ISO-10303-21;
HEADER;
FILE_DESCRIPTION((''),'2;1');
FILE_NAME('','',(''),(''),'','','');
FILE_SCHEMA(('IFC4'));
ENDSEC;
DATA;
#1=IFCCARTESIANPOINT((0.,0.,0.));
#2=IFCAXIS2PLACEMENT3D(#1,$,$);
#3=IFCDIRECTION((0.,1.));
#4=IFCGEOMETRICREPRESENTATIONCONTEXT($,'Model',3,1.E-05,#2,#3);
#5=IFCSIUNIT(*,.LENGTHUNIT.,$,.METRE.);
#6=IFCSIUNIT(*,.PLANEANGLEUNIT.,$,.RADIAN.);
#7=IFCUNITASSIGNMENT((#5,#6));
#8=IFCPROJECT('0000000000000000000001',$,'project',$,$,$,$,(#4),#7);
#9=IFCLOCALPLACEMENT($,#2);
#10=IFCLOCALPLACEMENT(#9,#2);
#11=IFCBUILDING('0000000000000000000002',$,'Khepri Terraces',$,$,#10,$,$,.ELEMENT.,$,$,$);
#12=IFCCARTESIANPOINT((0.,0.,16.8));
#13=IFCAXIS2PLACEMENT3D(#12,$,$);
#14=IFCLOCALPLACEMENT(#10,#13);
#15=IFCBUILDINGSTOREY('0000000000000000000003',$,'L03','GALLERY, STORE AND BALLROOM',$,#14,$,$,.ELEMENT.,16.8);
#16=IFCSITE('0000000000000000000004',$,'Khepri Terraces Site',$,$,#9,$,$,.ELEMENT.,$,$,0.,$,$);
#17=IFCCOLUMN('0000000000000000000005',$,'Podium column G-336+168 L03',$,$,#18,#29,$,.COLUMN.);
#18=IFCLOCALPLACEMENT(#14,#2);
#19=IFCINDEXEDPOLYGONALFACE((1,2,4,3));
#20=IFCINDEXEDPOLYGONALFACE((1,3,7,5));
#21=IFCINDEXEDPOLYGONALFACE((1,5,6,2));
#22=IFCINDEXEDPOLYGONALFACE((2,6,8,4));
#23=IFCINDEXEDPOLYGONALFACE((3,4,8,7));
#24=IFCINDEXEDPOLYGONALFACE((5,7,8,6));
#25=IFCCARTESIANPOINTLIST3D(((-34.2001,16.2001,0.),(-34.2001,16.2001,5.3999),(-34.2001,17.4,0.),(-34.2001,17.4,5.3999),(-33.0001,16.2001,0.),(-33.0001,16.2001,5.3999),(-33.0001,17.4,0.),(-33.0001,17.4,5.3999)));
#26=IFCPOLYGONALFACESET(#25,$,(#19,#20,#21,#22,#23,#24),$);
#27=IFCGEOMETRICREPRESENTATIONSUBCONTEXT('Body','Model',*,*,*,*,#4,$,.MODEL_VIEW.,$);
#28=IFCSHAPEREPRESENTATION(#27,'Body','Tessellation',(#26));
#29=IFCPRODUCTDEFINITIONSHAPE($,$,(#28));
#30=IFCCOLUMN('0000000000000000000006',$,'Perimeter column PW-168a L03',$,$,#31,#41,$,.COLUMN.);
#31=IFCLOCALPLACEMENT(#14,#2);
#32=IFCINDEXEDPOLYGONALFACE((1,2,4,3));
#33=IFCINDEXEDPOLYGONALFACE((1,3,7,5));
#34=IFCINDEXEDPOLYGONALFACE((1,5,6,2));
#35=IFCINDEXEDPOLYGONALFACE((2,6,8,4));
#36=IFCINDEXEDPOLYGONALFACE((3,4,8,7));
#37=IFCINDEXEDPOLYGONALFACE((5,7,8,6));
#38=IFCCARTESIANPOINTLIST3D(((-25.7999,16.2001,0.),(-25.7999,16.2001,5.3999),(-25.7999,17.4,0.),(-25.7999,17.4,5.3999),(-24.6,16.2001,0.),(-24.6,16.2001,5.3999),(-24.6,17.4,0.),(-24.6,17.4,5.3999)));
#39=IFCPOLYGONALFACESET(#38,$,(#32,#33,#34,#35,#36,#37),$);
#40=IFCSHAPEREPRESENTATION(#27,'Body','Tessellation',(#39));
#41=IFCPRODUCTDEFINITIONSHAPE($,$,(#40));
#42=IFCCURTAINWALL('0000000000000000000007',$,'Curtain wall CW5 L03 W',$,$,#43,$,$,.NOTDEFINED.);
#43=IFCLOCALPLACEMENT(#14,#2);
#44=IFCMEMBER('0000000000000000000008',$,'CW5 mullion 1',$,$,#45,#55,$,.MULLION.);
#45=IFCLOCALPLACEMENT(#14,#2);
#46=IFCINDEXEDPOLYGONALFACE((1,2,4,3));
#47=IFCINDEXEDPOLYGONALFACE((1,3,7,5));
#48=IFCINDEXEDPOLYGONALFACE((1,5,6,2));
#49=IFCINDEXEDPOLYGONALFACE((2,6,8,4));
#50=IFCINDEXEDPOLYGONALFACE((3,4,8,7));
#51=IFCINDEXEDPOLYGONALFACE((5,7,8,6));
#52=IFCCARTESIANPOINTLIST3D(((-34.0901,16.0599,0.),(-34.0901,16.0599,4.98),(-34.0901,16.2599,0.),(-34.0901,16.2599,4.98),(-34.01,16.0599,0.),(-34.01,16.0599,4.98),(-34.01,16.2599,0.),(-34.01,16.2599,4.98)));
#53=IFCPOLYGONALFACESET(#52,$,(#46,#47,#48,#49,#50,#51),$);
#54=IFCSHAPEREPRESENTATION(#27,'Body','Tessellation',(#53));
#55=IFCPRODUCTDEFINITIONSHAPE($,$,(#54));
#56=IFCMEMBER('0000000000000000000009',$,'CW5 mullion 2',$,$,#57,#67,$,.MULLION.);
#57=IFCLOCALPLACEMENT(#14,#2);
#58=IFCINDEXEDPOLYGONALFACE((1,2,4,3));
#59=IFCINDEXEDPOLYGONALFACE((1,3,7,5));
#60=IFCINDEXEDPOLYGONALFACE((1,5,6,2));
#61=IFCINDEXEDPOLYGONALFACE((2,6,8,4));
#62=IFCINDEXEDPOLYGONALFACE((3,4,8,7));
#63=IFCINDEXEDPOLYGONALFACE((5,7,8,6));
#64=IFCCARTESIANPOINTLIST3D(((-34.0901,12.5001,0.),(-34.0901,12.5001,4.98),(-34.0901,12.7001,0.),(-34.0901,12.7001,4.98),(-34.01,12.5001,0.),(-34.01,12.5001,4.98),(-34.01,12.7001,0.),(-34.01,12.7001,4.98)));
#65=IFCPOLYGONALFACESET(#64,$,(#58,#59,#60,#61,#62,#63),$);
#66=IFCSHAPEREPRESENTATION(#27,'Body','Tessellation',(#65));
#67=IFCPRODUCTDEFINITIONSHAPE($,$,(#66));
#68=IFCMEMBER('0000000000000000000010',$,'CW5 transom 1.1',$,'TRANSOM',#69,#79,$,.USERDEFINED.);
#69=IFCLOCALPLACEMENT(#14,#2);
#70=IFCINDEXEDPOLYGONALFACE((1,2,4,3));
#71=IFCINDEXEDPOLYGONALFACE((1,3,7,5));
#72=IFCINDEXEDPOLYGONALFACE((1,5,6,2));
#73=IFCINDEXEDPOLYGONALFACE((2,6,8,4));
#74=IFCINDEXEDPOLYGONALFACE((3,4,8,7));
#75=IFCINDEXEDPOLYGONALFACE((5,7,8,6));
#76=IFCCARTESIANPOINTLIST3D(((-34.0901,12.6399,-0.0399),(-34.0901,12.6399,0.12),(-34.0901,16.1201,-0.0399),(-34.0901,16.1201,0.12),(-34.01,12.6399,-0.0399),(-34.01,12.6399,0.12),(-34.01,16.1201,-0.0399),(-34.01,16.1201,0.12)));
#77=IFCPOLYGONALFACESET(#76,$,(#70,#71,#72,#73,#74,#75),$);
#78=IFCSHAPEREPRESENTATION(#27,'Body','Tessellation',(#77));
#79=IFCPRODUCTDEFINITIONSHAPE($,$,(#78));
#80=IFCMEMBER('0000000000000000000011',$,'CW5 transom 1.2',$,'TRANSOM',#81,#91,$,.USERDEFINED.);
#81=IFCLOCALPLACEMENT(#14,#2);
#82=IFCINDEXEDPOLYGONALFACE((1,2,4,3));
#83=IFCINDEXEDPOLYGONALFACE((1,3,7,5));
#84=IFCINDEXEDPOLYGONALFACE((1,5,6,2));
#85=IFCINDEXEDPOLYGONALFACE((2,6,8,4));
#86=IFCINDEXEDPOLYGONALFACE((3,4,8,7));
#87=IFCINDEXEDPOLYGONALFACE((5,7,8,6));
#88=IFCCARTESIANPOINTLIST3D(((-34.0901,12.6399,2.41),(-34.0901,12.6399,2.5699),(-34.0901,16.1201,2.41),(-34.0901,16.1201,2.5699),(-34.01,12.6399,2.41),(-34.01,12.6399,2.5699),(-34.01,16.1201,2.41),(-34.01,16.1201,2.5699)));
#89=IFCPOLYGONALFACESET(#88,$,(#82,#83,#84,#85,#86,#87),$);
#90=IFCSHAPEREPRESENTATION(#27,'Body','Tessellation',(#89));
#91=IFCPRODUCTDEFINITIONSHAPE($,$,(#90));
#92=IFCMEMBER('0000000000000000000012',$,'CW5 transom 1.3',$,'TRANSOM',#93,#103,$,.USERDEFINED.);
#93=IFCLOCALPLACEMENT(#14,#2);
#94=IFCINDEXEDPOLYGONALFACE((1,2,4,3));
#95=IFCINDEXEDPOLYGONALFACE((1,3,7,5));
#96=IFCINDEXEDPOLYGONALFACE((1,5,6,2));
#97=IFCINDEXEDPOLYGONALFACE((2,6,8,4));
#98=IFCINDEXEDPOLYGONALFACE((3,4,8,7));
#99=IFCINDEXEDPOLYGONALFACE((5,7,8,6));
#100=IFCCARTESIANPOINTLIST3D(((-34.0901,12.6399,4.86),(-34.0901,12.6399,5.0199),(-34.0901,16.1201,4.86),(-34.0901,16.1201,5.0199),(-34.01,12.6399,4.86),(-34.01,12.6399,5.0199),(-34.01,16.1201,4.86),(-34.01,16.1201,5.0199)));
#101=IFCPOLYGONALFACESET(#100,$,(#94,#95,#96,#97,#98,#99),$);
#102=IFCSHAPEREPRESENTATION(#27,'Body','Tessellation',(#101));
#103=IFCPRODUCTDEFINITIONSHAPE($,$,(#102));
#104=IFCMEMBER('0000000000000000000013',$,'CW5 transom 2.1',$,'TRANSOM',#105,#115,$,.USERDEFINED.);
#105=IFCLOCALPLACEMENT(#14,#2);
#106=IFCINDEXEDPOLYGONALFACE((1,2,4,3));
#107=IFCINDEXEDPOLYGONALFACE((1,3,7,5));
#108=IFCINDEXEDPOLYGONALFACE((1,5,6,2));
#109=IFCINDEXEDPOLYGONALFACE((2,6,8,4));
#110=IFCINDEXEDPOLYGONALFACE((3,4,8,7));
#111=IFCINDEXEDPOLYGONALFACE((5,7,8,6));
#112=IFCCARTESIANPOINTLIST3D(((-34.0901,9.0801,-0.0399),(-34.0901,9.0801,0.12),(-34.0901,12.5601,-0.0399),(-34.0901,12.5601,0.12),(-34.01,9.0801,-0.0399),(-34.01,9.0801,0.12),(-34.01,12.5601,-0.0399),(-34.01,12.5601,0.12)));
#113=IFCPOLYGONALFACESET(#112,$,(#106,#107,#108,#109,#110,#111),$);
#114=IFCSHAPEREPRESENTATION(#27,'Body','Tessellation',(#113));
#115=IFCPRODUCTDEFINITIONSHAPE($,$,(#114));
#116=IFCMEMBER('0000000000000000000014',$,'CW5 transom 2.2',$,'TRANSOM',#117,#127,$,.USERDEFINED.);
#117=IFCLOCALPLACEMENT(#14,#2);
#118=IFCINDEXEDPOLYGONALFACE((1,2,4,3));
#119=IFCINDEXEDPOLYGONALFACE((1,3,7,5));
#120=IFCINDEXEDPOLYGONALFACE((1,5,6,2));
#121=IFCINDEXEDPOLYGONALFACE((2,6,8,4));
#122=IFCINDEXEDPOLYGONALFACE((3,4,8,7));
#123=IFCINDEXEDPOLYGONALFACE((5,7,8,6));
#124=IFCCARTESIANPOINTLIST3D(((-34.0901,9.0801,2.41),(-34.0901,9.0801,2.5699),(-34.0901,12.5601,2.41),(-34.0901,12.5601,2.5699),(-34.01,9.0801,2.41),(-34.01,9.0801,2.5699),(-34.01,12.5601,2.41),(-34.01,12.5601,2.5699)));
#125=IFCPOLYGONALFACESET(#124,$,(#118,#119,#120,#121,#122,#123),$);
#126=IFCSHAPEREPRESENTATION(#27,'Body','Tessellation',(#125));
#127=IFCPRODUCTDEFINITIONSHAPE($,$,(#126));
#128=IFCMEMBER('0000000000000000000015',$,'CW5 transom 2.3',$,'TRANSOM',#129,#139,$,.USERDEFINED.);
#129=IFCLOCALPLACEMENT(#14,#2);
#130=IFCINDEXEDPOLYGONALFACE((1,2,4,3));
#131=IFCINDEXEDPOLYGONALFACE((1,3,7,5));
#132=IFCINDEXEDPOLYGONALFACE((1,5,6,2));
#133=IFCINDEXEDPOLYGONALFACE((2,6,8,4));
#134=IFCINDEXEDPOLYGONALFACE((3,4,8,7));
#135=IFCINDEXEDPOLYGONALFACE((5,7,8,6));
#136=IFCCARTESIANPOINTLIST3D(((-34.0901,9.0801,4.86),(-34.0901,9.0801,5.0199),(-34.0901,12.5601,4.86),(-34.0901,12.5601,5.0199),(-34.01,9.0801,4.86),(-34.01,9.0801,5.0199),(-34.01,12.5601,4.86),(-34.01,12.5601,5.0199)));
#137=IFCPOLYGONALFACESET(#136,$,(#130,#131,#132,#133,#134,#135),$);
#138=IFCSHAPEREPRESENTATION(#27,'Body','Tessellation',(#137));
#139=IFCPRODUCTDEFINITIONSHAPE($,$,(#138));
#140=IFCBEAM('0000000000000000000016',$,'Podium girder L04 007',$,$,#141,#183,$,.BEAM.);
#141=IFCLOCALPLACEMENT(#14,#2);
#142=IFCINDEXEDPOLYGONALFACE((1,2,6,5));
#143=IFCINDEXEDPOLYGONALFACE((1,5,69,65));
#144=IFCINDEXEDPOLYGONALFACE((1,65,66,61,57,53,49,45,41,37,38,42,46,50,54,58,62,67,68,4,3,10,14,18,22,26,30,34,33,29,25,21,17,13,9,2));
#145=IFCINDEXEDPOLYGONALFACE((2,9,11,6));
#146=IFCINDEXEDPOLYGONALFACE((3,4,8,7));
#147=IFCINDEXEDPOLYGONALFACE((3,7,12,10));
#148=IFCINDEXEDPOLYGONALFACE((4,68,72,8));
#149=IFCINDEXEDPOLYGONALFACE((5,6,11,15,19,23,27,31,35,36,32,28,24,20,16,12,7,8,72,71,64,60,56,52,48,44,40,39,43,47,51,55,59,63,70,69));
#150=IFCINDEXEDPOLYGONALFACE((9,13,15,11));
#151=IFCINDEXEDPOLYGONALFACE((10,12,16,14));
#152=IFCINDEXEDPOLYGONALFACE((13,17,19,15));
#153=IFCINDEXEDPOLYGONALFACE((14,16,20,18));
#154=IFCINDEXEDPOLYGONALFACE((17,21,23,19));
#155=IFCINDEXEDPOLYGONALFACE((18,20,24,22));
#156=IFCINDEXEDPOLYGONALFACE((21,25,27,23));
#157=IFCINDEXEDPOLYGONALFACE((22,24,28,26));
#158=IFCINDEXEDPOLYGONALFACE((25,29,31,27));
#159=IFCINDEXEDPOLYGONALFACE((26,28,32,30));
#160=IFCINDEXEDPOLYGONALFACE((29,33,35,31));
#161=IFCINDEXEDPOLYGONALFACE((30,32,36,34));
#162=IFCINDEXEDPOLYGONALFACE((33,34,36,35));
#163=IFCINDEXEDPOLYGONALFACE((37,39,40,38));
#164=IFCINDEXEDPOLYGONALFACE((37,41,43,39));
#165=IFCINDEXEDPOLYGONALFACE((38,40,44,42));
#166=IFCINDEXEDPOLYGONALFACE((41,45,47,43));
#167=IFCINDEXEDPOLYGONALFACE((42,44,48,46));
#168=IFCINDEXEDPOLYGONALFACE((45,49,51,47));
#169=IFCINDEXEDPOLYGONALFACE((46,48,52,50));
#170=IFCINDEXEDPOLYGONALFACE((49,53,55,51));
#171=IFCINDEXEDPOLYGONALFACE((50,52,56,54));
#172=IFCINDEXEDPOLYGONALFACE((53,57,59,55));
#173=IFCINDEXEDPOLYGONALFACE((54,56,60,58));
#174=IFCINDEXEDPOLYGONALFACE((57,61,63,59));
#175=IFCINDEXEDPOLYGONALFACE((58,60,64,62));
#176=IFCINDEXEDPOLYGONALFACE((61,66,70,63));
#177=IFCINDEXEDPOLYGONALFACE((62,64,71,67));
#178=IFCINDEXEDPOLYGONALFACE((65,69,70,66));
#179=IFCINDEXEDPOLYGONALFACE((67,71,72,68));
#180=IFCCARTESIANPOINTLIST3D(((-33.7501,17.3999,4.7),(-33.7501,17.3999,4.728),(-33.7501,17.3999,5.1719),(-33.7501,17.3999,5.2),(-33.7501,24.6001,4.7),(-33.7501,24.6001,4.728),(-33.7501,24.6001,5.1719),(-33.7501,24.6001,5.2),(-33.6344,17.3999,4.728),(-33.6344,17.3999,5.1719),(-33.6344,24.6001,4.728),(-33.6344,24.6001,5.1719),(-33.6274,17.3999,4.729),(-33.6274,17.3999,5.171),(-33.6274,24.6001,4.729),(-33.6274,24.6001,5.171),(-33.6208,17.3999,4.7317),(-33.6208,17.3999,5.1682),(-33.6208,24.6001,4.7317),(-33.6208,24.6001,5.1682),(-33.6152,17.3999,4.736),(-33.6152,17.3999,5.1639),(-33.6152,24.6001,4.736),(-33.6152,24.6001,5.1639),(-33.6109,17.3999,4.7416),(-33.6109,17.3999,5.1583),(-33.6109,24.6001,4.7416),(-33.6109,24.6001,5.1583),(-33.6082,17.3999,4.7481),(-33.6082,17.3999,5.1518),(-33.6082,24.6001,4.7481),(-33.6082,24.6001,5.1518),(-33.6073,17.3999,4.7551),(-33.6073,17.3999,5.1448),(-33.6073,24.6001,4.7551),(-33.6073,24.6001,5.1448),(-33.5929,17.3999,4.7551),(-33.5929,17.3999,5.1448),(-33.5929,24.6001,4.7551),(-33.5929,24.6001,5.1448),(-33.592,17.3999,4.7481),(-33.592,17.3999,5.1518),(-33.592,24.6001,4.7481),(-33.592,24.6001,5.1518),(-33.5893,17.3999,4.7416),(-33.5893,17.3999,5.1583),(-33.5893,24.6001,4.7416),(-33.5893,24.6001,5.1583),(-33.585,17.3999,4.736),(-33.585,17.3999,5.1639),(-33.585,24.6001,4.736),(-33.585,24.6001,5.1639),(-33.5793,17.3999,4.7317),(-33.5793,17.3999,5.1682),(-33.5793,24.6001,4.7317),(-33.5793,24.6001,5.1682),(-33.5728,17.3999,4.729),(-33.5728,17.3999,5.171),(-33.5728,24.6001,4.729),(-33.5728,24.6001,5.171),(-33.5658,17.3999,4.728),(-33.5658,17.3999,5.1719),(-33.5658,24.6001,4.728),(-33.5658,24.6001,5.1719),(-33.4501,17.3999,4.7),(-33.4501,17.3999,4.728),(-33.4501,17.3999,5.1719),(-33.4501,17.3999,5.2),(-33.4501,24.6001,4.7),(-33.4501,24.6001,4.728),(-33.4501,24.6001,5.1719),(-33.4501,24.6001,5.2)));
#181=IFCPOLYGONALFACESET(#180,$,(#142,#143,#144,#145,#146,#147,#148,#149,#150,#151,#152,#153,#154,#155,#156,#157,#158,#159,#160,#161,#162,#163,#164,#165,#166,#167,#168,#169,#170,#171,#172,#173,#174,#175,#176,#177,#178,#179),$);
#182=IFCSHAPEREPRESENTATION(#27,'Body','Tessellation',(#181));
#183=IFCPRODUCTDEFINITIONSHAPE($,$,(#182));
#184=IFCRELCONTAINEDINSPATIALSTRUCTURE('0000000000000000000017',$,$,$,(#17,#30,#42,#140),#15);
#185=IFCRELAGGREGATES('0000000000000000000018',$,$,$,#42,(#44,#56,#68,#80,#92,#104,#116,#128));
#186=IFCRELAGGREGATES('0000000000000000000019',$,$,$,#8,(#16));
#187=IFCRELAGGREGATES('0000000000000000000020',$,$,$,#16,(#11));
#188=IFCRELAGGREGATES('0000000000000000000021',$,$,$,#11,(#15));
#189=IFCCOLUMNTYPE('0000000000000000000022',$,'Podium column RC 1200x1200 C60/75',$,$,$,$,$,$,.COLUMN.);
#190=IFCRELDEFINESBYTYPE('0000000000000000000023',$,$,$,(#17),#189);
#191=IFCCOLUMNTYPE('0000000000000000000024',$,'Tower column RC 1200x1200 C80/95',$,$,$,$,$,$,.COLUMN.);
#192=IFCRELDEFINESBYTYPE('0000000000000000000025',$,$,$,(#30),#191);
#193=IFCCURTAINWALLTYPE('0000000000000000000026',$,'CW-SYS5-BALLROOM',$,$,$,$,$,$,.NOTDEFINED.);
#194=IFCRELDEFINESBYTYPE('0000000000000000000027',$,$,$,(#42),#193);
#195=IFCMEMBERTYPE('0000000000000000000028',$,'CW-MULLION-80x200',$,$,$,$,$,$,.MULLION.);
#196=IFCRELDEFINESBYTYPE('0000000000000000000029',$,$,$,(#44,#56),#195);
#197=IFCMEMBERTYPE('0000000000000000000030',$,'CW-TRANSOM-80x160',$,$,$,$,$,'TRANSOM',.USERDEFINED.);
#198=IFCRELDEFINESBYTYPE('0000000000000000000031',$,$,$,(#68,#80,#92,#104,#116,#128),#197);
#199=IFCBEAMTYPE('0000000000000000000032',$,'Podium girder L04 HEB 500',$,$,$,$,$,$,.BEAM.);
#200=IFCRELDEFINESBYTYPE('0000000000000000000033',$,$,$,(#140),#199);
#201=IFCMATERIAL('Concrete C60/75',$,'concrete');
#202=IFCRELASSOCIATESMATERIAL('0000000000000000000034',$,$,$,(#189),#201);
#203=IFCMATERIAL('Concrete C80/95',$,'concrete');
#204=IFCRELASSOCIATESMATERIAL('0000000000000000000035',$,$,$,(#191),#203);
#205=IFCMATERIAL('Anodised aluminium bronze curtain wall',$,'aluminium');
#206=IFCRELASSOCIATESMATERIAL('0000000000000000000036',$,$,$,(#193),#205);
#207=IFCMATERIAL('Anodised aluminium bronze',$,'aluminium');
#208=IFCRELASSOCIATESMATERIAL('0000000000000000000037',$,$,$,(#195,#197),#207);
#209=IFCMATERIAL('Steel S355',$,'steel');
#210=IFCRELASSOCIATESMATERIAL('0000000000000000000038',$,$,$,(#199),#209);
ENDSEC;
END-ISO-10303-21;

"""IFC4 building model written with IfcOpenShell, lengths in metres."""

from ifc_helpers import new_model, si_unit, direction, frame, origin, origin_2d, place, context, subcontext, project, spatial, rectangle, i_section, extrude, material, material_profile, profile_set, type_object, element, aggregate, save


model = new_model("IFC4")

# Units and contexts
model_context = context("Model", 3, precision=1e-05, world=origin(), true_north=direction((0.0, 1.0)))
body_context = subcontext(model_context, "Body", "Model", "MODEL_VIEW")
ifc_project = project(units=[si_unit("LENGTHUNIT", "METRE"), si_unit("PLANEANGLEUNIT", "RADIAN")], contexts=[model_context])

# Site, building, storey
site_placement = place(None, origin())
site = spatial("IfcSite", under=ifc_project, at=site_placement, Name="Khepri Terraces Site", CompositionType="ELEMENT", RefElevation=0.0)
building_placement = place(site_placement, origin())
building = spatial("IfcBuilding", under=site, at=building_placement, Name="Khepri Terraces", CompositionType="ELEMENT")
storey_placement = place(building_placement, frame((0.0, 0.0, 16.8)))
storey = spatial("IfcBuildingStorey", under=building, at=storey_placement, Name="L03", Description="GALLERY, STORE AND BALLROOM", CompositionType="ELEMENT", Elevation=16.8)

# Columns
ifc_material_1 = material(Name="Concrete C60/75", Category="concrete")
ifc_material_profile_1 = material_profile(ifc_material_1, rectangle(XDim=1.2, YDim=1.2, at=origin_2d()), Name="Concrete C60/75", Category="concrete")
ifc_profile_set_1 = profile_set([ifc_material_profile_1], Name="Concrete C60/75")
column_type_1 = type_object("IfcColumnType", Name="Podium column RC 1200x1200 C60/75", PredefinedType="COLUMN", material=ifc_profile_set_1)
column_1_placement = place(storey_placement, frame((-33.6001, 16.8, 0.0), z_axis=(0.0, 0.0, 1.0), x_axis=(1.0, 0.0, 0.0)))
element("IfcColumn", 1, at=column_1_placement, inside=storey, type_object=column_type_1, Name="Podium column G-336+168 L03", PredefinedType="COLUMN", context=body_context, shape_type="SweptSolid", body=[
    extrude(rectangle(XDim=1.2, YDim=1.2, at=origin_2d()), origin(), (0.0, 0.0, 1.0), 5.3999),
])
ifc_material_2 = material(Name="Concrete C80/95", Category="concrete")
ifc_material_profile_2 = material_profile(ifc_material_2, rectangle(XDim=1.2, YDim=1.2, at=origin_2d()), Name="Concrete C80/95", Category="concrete")
ifc_profile_set_2 = profile_set([ifc_material_profile_2], Name="Concrete C80/95")
column_type_2 = type_object("IfcColumnType", Name="Tower column RC 1200x1200 C80/95", PredefinedType="COLUMN", material=ifc_profile_set_2)
column_2_placement = place(storey_placement, frame((-25.2, 16.8, 0.0), z_axis=(0.0, 0.0, 1.0), x_axis=(1.0, 0.0, 0.0)))
element("IfcColumn", 2, at=column_2_placement, inside=storey, type_object=column_type_2, Name="Perimeter column PW-168a L03", PredefinedType="COLUMN", context=body_context, shape_type="SweptSolid", body=[
    extrude(rectangle(XDim=1.2, YDim=1.2, at=origin_2d()), origin(), (0.0, 0.0, 1.0), 5.3999),
])

# Curtain wall, members
ifc_material_3 = material(Name="Anodised aluminium bronze curtain wall", Category="aluminium")
curtain_wall_type = type_object("IfcCurtainWallType", Name="CW-SYS5-BALLROOM", PredefinedType="NOTDEFINED", material=ifc_material_3)
curtain_wall_placement = place(storey_placement, origin())
curtain_wall = element("IfcCurtainWall", 3, at=curtain_wall_placement, inside=storey, type_object=curtain_wall_type, Name="Curtain wall CW5 L03 W", PredefinedType="NOTDEFINED")
ifc_material_4 = material(Name="Anodised aluminium bronze", Category="aluminium")
ifc_material_profile_3 = material_profile(ifc_material_4, rectangle(XDim=0.0801, YDim=0.2, at=origin_2d()), Name="Anodised aluminium bronze", Category="aluminium")
ifc_profile_set_3 = profile_set([ifc_material_profile_3], Name="Anodised aluminium bronze")
member_type_1 = type_object("IfcMemberType", Name="CW-MULLION-80x200", PredefinedType="MULLION", material=ifc_profile_set_3)
member_1_placement = place(storey_placement, frame((-34.05, 16.1599, 0.0), z_axis=(0.0, 0.0, 1.0), x_axis=(1.0, 0.0, 0.0)))
member_1 = element("IfcMember", 4, at=member_1_placement, type_object=member_type_1, Name="CW5 mullion 1", PredefinedType="MULLION", context=body_context, shape_type="SweptSolid", body=[
    extrude(rectangle(XDim=0.0801, YDim=0.2, at=origin_2d()), origin(), (0.0, 0.0, 1.0), 4.98),
])
member_2_placement = place(storey_placement, frame((-34.05, 12.6001, 0.0), z_axis=(0.0, 0.0, 1.0), x_axis=(1.0, 0.0, 0.0)))
member_2 = element("IfcMember", 5, at=member_2_placement, type_object=member_type_1, Name="CW5 mullion 2", PredefinedType="MULLION", context=body_context, shape_type="SweptSolid", body=[
    extrude(rectangle(XDim=0.0801, YDim=0.2, at=origin_2d()), origin(), (0.0, 0.0, 1.0), 4.98),
])
ifc_material_profile_4 = material_profile(ifc_material_4, rectangle(XDim=0.0801, YDim=0.1599, at=origin_2d()), Name="Anodised aluminium bronze", Category="aluminium")
ifc_profile_set_4 = profile_set([ifc_material_profile_4], Name="Anodised aluminium bronze")
member_type_2 = type_object("IfcMemberType", Name="CW-TRANSOM-80x160", ElementType="TRANSOM", PredefinedType="USERDEFINED", material=ifc_profile_set_4)
member_3_placement = place(storey_placement, frame((-34.05, 16.1201, 0.04), z_axis=(0.0, -1.0, 0.0), x_axis=(1.0, 0.0, 0.0)))
member_3 = element("IfcMember", 6, at=member_3_placement, type_object=member_type_2, Name="CW5 transom 1.1", ObjectType="TRANSOM", PredefinedType="USERDEFINED", context=body_context, shape_type="SweptSolid", body=[
    extrude(rectangle(XDim=0.0801, YDim=0.1599, at=origin_2d()), origin(), (0.0, 0.0, 1.0), 3.4802),
])
member_4_placement = place(storey_placement, frame((-34.05, 16.1201, 2.49), z_axis=(0.0, -1.0, 0.0), x_axis=(1.0, 0.0, 0.0)))
member_4 = element("IfcMember", 7, at=member_4_placement, type_object=member_type_2, Name="CW5 transom 1.2", ObjectType="TRANSOM", PredefinedType="USERDEFINED", context=body_context, shape_type="SweptSolid", body=[
    extrude(rectangle(XDim=0.0801, YDim=0.1599, at=origin_2d()), origin(), (0.0, 0.0, 1.0), 3.4802),
])
member_5_placement = place(storey_placement, frame((-34.05, 16.1201, 4.9399), z_axis=(0.0, -1.0, 0.0), x_axis=(1.0, 0.0, 0.0)))
member_5 = element("IfcMember", 8, at=member_5_placement, type_object=member_type_2, Name="CW5 transom 1.3", ObjectType="TRANSOM", PredefinedType="USERDEFINED", context=body_context, shape_type="SweptSolid", body=[
    extrude(rectangle(XDim=0.0801, YDim=0.1599, at=origin_2d()), origin(), (0.0, 0.0, 1.0), 3.4802),
])
member_6_placement = place(storey_placement, frame((-34.05, 12.5601, 0.04), z_axis=(0.0, -1.0, 0.0), x_axis=(1.0, 0.0, 0.0)))
member_6 = element("IfcMember", 9, at=member_6_placement, type_object=member_type_2, Name="CW5 transom 2.1", ObjectType="TRANSOM", PredefinedType="USERDEFINED", context=body_context, shape_type="SweptSolid", body=[
    extrude(rectangle(XDim=0.0801, YDim=0.1599, at=origin_2d()), origin(), (0.0, 0.0, 1.0), 3.48),
])
member_7_placement = place(storey_placement, frame((-34.05, 12.5601, 2.49), z_axis=(0.0, -1.0, 0.0), x_axis=(1.0, 0.0, 0.0)))
member_7 = element("IfcMember", 10, at=member_7_placement, type_object=member_type_2, Name="CW5 transom 2.2", ObjectType="TRANSOM", PredefinedType="USERDEFINED", context=body_context, shape_type="SweptSolid", body=[
    extrude(rectangle(XDim=0.0801, YDim=0.1599, at=origin_2d()), origin(), (0.0, 0.0, 1.0), 3.48),
])
member_8_placement = place(storey_placement, frame((-34.05, 12.5601, 4.9399), z_axis=(0.0, -1.0, 0.0), x_axis=(1.0, 0.0, 0.0)))
member_8 = element("IfcMember", 11, at=member_8_placement, type_object=member_type_2, Name="CW5 transom 2.3", ObjectType="TRANSOM", PredefinedType="USERDEFINED", context=body_context, shape_type="SweptSolid", body=[
    extrude(rectangle(XDim=0.0801, YDim=0.1599, at=origin_2d()), origin(), (0.0, 0.0, 1.0), 3.48),
])

# Beam
ifc_material_5 = material(Name="Steel S355", Category="steel")
ifc_material_profile_5 = material_profile(ifc_material_5, i_section(OverallWidth=0.3, OverallDepth=0.5, WebThickness=0.0144, FlangeThickness=0.0281, FilletRadius=0.0271, at=origin_2d()), Name="Steel S355", Category="steel")
ifc_profile_set_5 = profile_set([ifc_material_profile_5], Name="Steel S355")
beam_type_1 = type_object("IfcBeamType", Name="Podium girder L04 HEB 500", PredefinedType="BEAM", material=ifc_profile_set_5)
beam_1_placement = place(storey_placement, frame((-33.6001, 17.3999, 4.95), z_axis=(0.0, 1.0, 0.0), x_axis=(-1.0, 0.0, 0.0)))
element("IfcBeam", 12, at=beam_1_placement, inside=storey, type_object=beam_type_1, Name="Podium girder L04 007", PredefinedType="BEAM", context=body_context, shape_type="SweptSolid", body=[
    extrude(i_section(OverallWidth=0.3, OverallDepth=0.5, WebThickness=0.0144, FlangeThickness=0.0281, FilletRadius=0.0271, at=origin_2d()), origin(), (0.0, 0.0, 1.0), 7.2002),
])

aggregate(curtain_wall, [member_1, member_2, member_3, member_4, member_5, member_6, member_7, member_8])

save(model, "model.ifc")
